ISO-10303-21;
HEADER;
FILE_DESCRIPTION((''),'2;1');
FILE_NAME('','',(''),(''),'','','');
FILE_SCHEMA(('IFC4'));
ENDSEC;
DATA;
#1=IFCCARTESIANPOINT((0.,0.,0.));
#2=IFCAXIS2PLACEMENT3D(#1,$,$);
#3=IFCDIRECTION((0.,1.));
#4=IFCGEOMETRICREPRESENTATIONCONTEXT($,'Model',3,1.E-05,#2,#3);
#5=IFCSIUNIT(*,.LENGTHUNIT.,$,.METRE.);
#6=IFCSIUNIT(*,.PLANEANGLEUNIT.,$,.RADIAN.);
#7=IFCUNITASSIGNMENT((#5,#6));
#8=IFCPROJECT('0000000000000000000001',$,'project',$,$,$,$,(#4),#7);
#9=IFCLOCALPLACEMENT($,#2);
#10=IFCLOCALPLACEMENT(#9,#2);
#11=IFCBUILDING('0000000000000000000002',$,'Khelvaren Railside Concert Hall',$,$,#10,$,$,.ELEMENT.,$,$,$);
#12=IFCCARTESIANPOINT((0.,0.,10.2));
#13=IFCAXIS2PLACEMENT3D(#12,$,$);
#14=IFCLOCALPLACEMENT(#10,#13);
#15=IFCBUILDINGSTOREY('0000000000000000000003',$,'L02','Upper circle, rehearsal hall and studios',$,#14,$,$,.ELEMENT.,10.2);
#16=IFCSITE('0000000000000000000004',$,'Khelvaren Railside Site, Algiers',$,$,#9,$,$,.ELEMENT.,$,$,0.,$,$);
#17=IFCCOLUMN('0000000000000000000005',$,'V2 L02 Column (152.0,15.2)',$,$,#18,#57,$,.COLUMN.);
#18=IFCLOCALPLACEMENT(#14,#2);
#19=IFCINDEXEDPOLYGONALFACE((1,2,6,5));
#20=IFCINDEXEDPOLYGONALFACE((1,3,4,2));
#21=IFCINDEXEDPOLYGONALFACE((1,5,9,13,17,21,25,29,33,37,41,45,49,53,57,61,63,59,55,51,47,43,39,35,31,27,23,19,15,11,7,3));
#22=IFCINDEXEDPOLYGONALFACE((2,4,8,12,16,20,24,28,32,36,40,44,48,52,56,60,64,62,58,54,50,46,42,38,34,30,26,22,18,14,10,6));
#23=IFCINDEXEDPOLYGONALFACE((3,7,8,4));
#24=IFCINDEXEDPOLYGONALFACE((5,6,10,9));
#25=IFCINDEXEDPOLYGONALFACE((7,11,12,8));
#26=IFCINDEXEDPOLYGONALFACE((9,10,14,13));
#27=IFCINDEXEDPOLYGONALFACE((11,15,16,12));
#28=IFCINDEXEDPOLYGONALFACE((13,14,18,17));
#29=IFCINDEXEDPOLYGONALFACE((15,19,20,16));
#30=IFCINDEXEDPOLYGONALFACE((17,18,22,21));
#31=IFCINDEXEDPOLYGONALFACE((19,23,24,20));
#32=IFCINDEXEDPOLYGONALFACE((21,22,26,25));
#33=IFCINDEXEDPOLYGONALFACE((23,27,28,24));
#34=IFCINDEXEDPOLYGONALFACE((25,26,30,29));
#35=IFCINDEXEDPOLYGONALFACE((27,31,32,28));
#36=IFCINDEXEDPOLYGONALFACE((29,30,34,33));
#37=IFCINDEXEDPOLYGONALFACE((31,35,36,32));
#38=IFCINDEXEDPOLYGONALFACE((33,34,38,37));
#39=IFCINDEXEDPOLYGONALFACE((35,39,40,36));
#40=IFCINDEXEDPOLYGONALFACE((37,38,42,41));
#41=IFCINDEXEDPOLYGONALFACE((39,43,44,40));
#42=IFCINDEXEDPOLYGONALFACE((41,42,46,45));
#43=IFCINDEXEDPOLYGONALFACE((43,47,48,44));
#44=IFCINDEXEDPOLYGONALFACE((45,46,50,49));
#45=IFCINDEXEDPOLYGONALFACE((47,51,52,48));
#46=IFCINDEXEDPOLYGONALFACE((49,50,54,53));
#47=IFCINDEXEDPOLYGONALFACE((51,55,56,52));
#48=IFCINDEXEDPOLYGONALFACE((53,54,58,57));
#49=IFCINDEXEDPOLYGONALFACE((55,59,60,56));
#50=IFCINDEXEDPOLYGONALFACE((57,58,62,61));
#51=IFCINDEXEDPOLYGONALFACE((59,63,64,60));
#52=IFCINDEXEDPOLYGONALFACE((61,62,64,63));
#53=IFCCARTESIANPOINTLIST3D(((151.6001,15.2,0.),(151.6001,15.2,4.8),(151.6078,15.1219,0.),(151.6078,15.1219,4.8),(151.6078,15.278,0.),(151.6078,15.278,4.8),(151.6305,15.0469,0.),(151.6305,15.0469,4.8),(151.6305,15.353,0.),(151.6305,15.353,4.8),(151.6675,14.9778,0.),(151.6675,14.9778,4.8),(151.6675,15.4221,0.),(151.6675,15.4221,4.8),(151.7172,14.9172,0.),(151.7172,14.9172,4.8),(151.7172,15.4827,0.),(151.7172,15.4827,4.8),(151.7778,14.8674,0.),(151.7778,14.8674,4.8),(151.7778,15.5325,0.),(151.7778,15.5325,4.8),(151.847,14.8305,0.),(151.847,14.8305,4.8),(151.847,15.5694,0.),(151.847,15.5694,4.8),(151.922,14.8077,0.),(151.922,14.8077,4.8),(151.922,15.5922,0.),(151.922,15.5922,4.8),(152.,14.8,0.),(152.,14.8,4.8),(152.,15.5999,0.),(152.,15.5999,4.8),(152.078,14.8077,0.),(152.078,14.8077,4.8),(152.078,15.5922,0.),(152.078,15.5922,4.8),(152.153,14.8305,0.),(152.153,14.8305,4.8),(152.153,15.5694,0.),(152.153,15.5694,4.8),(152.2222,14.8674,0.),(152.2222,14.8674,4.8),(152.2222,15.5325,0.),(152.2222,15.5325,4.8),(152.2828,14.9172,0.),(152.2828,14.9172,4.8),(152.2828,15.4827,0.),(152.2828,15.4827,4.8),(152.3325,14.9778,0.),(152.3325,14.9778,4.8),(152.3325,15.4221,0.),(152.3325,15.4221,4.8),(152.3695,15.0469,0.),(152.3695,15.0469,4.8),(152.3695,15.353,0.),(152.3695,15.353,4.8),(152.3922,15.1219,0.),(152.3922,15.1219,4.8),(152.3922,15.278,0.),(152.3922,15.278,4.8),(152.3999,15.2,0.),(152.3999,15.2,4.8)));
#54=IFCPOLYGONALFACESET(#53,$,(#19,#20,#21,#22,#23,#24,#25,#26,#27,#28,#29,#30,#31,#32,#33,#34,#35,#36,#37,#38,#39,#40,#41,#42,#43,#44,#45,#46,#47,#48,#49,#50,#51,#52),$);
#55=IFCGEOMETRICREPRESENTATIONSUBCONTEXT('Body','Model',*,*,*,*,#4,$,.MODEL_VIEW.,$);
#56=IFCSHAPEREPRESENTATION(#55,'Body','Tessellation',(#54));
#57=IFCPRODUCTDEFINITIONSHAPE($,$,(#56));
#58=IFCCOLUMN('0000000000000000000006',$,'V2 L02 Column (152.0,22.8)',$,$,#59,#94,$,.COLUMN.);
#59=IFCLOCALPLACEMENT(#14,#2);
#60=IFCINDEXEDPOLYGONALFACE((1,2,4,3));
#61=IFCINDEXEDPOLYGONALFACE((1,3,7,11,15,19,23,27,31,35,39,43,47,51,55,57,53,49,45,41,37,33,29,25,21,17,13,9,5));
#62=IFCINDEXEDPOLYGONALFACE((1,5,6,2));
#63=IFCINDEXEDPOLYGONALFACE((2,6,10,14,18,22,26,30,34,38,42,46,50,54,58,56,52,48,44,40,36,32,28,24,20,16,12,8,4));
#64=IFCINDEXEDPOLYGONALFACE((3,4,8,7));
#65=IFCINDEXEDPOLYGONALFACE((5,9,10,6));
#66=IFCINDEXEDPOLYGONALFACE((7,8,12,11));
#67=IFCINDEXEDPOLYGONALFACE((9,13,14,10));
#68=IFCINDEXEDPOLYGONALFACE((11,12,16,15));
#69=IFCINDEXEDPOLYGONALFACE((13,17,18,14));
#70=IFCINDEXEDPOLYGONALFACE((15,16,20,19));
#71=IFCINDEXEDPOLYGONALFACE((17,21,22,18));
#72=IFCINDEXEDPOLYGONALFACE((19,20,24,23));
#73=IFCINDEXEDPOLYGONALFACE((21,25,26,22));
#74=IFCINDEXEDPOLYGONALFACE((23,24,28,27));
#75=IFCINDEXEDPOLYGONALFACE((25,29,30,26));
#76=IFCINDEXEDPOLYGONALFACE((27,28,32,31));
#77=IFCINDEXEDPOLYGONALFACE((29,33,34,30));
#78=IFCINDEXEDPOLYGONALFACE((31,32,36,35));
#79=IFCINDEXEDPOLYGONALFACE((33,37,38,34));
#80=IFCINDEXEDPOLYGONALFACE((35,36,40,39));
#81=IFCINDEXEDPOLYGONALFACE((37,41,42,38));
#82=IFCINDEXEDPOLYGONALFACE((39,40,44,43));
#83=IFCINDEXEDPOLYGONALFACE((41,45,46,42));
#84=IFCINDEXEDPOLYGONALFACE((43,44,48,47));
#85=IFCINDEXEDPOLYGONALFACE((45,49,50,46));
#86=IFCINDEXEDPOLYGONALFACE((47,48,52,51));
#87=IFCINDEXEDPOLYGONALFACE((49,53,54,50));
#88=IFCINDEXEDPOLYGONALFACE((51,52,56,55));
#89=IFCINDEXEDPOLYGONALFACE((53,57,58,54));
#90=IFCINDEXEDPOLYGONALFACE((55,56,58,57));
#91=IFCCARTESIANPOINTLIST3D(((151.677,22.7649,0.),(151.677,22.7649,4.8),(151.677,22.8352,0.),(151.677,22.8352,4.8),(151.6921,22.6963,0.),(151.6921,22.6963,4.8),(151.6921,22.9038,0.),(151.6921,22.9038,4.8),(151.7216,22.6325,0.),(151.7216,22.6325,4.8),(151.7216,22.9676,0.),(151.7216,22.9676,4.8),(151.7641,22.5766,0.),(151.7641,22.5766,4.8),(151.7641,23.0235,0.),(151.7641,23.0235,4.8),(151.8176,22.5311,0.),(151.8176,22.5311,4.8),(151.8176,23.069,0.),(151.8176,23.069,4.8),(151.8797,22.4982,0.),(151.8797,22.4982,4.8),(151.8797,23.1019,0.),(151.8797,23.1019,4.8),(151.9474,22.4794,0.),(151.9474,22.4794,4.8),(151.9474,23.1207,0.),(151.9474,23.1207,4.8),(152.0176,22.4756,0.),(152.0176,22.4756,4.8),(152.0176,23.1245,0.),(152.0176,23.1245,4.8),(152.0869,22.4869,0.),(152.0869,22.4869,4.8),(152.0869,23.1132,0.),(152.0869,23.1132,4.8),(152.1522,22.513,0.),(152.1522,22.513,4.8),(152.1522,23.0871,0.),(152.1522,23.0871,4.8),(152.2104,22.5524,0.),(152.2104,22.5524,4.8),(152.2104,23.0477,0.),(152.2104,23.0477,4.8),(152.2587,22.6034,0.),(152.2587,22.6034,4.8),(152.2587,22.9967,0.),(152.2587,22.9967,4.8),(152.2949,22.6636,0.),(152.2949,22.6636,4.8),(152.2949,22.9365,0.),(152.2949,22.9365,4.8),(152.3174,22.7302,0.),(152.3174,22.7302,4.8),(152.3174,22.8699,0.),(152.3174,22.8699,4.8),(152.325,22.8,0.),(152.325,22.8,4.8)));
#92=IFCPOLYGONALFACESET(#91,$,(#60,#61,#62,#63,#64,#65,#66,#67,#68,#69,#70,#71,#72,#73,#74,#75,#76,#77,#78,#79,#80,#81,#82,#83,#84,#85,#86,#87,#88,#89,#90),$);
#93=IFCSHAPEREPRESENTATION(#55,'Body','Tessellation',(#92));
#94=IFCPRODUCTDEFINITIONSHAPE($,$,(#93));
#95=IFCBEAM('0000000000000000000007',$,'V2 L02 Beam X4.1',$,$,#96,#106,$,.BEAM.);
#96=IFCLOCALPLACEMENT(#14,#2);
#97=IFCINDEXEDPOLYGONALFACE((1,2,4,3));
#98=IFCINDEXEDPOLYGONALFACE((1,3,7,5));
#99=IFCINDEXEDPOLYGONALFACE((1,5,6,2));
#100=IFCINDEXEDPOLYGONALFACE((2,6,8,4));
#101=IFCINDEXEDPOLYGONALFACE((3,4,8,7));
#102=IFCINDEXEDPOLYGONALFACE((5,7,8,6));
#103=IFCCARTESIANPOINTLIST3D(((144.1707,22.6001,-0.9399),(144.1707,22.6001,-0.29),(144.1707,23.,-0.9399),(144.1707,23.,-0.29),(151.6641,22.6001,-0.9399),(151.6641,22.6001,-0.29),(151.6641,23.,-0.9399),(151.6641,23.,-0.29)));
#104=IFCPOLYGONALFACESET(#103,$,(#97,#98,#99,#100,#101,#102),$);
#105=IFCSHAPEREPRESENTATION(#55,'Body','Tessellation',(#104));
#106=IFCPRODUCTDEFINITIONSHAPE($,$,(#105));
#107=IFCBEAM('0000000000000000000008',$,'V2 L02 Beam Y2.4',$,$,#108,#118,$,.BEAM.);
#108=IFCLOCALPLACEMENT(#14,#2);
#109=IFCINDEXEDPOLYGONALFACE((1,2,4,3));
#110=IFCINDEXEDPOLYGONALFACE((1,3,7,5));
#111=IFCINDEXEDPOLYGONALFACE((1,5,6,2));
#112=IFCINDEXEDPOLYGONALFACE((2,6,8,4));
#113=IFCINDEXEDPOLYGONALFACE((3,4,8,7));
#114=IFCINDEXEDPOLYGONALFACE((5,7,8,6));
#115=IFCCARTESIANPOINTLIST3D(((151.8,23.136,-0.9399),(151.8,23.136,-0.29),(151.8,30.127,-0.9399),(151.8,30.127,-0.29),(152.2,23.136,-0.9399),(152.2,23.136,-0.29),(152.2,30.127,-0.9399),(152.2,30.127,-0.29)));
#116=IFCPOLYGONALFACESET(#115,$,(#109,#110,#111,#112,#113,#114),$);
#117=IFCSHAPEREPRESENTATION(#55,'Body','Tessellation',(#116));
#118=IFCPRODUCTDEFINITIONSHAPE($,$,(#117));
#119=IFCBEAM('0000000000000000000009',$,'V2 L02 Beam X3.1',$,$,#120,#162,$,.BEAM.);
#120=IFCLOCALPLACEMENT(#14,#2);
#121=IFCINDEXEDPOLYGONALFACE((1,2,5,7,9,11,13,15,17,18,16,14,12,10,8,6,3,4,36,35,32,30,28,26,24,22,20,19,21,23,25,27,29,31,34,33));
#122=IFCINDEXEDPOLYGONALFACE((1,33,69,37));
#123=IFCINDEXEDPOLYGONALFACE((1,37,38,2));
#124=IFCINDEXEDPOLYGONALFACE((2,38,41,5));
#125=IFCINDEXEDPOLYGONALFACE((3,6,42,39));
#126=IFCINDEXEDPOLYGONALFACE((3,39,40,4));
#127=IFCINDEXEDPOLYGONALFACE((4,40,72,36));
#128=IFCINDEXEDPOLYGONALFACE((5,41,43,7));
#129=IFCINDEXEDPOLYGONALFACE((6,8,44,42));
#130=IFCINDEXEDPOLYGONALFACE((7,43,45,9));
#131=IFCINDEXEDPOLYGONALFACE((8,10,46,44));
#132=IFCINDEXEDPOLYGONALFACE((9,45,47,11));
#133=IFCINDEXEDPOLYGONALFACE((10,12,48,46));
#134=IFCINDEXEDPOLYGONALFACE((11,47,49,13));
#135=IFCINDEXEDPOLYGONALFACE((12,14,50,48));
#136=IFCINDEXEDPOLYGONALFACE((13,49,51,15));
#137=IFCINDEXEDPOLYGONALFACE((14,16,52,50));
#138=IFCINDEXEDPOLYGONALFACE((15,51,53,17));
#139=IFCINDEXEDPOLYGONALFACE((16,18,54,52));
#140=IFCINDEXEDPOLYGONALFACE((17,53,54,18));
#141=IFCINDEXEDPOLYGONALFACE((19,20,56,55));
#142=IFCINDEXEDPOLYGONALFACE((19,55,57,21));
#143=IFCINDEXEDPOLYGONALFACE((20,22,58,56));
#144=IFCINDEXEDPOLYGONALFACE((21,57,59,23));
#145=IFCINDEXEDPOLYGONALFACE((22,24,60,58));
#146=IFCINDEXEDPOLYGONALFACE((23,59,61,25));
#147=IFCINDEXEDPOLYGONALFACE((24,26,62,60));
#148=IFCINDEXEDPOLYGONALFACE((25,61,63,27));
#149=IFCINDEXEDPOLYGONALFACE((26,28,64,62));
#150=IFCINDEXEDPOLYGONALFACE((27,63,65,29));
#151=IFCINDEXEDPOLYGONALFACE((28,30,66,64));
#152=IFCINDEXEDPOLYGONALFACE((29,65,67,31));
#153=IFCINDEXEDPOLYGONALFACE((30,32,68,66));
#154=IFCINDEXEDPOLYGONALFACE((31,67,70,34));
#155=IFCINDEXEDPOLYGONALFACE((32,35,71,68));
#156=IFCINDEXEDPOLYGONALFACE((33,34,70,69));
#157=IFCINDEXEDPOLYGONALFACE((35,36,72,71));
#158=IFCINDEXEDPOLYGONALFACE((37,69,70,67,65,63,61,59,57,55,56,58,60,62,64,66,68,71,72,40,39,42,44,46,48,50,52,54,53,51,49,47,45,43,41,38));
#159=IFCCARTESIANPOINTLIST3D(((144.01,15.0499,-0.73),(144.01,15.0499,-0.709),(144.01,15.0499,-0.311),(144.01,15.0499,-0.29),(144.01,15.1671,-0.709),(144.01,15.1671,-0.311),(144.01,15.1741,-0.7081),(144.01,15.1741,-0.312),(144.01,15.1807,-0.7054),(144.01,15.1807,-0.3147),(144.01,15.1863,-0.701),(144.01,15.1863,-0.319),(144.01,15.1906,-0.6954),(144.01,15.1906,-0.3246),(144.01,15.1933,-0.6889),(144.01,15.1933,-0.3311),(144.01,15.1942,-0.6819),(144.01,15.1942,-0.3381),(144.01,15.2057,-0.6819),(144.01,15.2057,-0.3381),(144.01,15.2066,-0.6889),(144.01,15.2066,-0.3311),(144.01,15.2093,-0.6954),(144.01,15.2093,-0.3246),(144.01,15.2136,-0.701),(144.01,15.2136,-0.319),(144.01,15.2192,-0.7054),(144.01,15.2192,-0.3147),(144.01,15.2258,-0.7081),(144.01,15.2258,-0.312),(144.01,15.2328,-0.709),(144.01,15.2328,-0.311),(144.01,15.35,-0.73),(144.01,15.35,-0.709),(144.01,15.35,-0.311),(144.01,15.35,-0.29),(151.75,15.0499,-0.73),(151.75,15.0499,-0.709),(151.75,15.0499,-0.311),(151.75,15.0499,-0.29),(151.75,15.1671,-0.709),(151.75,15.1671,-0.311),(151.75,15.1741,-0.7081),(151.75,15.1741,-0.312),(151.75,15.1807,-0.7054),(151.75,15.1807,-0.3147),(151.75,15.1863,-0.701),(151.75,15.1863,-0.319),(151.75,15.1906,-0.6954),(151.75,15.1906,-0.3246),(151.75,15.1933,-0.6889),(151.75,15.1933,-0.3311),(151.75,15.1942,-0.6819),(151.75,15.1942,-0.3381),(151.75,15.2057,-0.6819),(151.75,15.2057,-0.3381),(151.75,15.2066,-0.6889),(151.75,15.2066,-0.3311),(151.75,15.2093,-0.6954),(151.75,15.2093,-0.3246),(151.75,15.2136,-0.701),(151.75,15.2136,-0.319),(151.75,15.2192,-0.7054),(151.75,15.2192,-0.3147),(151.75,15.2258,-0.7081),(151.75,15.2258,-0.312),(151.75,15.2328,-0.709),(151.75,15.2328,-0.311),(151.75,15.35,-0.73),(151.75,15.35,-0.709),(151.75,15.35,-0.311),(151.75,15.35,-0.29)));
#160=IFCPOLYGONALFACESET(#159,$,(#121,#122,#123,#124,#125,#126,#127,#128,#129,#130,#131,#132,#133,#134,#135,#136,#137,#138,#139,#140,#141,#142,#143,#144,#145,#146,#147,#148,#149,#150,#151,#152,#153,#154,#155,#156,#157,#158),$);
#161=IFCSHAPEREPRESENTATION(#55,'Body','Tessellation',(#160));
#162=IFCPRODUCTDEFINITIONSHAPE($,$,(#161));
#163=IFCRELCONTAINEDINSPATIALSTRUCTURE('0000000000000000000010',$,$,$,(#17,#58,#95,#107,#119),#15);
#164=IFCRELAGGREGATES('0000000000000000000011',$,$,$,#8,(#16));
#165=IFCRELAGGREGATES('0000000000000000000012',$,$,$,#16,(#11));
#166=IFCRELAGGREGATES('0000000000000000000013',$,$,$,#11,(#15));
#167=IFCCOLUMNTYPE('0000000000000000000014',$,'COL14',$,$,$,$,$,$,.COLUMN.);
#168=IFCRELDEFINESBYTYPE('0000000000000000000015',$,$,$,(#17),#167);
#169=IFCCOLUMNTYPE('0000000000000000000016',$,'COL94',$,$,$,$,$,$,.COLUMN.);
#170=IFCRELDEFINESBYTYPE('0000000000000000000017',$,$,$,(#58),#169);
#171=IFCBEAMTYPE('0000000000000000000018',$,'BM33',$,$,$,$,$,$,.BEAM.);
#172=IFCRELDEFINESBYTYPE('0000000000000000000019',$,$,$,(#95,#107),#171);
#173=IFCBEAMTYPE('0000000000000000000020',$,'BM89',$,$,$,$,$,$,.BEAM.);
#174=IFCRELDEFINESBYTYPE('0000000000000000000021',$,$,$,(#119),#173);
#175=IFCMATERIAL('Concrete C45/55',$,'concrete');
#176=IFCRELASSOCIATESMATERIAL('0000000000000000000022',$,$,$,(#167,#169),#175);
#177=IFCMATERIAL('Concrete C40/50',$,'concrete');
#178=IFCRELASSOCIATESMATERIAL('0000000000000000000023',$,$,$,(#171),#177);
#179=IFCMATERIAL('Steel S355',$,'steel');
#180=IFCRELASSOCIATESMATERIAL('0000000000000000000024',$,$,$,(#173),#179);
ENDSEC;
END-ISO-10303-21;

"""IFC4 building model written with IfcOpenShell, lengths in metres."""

from ifc_helpers import new_model, si_unit, direction, frame, origin, origin_2d, place, context, subcontext, project, spatial, rectangle, circle, i_section, extrude, material, material_profile, profile_set, type_object, element, save


model = new_model("IFC4")

# Units and contexts
model_context = context("Model", 3, precision=1e-05, world=origin(), true_north=direction((0.0, 1.0)))
body_context = subcontext(model_context, "Body", "Model", "MODEL_VIEW")
ifc_project = project(units=[si_unit("LENGTHUNIT", "METRE"), si_unit("PLANEANGLEUNIT", "RADIAN")], contexts=[model_context])

# Site, building, storey
site_placement = place(None, origin())
site = spatial("IfcSite", under=ifc_project, at=site_placement, Name="Khelvaren Railside Site, Algiers", CompositionType="ELEMENT", RefElevation=0.0)
building_placement = place(site_placement, origin())
building = spatial("IfcBuilding", under=site, at=building_placement, Name="Khelvaren Railside Concert Hall", CompositionType="ELEMENT")
storey_placement = place(building_placement, frame((0.0, 0.0, 10.2)))
storey = spatial("IfcBuildingStorey", under=building, at=storey_placement, Name="L02", Description="Upper circle, rehearsal hall and studios", CompositionType="ELEMENT", Elevation=10.2)

# Columns
ifc_material_1 = material(Name="Concrete C45/55", Category="concrete")
ifc_material_profile_1 = material_profile(ifc_material_1, circle(Radius=0.3999, at=origin_2d()), Name="RC D800")
ifc_profile_set_1 = profile_set([ifc_material_profile_1], Name="Concrete C45/55")
column_type_1 = type_object("IfcColumnType", Name="COL14", PredefinedType="COLUMN", material=ifc_profile_set_1)
column_1_placement = place(storey_placement, frame((152.0, 15.2, 0.0), z_axis=(0.0, 0.0, 1.0), x_axis=(1.0, 0.0, 0.0)))
element("IfcColumn", 1, at=column_1_placement, inside=storey, type_object=column_type_1, Name="V2 L02 Column (152.0,15.2)", PredefinedType="COLUMN", context=body_context, shape_type="SweptSolid", body=[
    extrude(circle(Radius=0.3999, at=origin_2d()), origin(), (0.0, 0.0, 1.0), 4.8),
])
ifc_material_profile_2 = material_profile(ifc_material_1, circle(Radius=0.325, at=origin_2d()), Name="RC D650")
ifc_profile_set_2 = profile_set([ifc_material_profile_2], Name="Concrete C45/55")
column_type_2 = type_object("IfcColumnType", Name="COL94", PredefinedType="COLUMN", material=ifc_profile_set_2)
column_2_placement = place(storey_placement, frame((152.0, 22.8, 0.0), z_axis=(0.0, 0.0, 1.0), x_axis=(1.0, 0.0, 0.0)))
element("IfcColumn", 2, at=column_2_placement, inside=storey, type_object=column_type_2, Name="V2 L02 Column (152.0,22.8)", PredefinedType="COLUMN", context=body_context, shape_type="SweptSolid", body=[
    extrude(circle(Radius=0.325, at=origin_2d()), origin(), (0.0, 0.0, 1.0), 4.8),
])

# Beams
ifc_material_2 = material(Name="Concrete C40/50", Category="concrete")
ifc_material_profile_3 = material_profile(ifc_material_2, rectangle(XDim=0.3999, YDim=0.6499, at=origin_2d()), Name="RCB 400x650")
ifc_profile_set_3 = profile_set([ifc_material_profile_3], Name="Concrete C40/50")
beam_type_1 = type_object("IfcBeamType", Name="BM33", PredefinedType="BEAM", material=ifc_profile_set_3)
beam_1_placement = place(storey_placement, frame((144.1707, 22.8, -0.615), z_axis=(1.0, 0.0, 0.0), x_axis=(0.0, 1.0, 0.0)))
element("IfcBeam", 3, at=beam_1_placement, inside=storey, type_object=beam_type_1, Name="V2 L02 Beam X4.1", PredefinedType="BEAM", context=body_context, shape_type="SweptSolid", body=[
    extrude(rectangle(XDim=0.3999, YDim=0.6499, at=origin_2d()), origin(), (0.0, 0.0, 1.0), 7.4934),
])
beam_2_placement = place(storey_placement, frame((152.0, 23.136, -0.615), z_axis=(0.0, 1.0, 0.0), x_axis=(-1.0, 0.0, 0.0)))
element("IfcBeam", 4, at=beam_2_placement, inside=storey, type_object=beam_type_1, Name="V2 L02 Beam Y2.4", PredefinedType="BEAM", context=body_context, shape_type="SweptSolid", body=[
    extrude(rectangle(XDim=0.3999, YDim=0.6499, at=origin_2d()), origin(), (0.0, 0.0, 1.0), 6.991),
])
ifc_material_3 = material(Name="Steel S355", Category="steel")
ifc_material_profile_4 = material_profile(ifc_material_3, i_section(OverallWidth=0.3, OverallDepth=0.4399, WebThickness=0.0115, FlangeThickness=0.021, FilletRadius=0.0271, at=origin_2d()), Name="HEA 450")
ifc_profile_set_4 = profile_set([ifc_material_profile_4], Name="Steel S355")
beam_type_2 = type_object("IfcBeamType", Name="BM89", PredefinedType="BEAM", material=ifc_profile_set_4)
beam_3_placement = place(storey_placement, frame((144.01, 15.2, -0.51), z_axis=(1.0, 0.0, 0.0), x_axis=(0.0, 1.0, 0.0)))
element("IfcBeam", 5, at=beam_3_placement, inside=storey, type_object=beam_type_2, Name="V2 L02 Beam X3.1", PredefinedType="BEAM", context=body_context, shape_type="SweptSolid", body=[
    extrude(i_section(OverallWidth=0.3, OverallDepth=0.4399, WebThickness=0.0115, FlangeThickness=0.021, FilletRadius=0.0271, at=origin_2d()), origin(), (0.0, 0.0, 1.0), 7.74),
])

save(model, "model.ifc")
